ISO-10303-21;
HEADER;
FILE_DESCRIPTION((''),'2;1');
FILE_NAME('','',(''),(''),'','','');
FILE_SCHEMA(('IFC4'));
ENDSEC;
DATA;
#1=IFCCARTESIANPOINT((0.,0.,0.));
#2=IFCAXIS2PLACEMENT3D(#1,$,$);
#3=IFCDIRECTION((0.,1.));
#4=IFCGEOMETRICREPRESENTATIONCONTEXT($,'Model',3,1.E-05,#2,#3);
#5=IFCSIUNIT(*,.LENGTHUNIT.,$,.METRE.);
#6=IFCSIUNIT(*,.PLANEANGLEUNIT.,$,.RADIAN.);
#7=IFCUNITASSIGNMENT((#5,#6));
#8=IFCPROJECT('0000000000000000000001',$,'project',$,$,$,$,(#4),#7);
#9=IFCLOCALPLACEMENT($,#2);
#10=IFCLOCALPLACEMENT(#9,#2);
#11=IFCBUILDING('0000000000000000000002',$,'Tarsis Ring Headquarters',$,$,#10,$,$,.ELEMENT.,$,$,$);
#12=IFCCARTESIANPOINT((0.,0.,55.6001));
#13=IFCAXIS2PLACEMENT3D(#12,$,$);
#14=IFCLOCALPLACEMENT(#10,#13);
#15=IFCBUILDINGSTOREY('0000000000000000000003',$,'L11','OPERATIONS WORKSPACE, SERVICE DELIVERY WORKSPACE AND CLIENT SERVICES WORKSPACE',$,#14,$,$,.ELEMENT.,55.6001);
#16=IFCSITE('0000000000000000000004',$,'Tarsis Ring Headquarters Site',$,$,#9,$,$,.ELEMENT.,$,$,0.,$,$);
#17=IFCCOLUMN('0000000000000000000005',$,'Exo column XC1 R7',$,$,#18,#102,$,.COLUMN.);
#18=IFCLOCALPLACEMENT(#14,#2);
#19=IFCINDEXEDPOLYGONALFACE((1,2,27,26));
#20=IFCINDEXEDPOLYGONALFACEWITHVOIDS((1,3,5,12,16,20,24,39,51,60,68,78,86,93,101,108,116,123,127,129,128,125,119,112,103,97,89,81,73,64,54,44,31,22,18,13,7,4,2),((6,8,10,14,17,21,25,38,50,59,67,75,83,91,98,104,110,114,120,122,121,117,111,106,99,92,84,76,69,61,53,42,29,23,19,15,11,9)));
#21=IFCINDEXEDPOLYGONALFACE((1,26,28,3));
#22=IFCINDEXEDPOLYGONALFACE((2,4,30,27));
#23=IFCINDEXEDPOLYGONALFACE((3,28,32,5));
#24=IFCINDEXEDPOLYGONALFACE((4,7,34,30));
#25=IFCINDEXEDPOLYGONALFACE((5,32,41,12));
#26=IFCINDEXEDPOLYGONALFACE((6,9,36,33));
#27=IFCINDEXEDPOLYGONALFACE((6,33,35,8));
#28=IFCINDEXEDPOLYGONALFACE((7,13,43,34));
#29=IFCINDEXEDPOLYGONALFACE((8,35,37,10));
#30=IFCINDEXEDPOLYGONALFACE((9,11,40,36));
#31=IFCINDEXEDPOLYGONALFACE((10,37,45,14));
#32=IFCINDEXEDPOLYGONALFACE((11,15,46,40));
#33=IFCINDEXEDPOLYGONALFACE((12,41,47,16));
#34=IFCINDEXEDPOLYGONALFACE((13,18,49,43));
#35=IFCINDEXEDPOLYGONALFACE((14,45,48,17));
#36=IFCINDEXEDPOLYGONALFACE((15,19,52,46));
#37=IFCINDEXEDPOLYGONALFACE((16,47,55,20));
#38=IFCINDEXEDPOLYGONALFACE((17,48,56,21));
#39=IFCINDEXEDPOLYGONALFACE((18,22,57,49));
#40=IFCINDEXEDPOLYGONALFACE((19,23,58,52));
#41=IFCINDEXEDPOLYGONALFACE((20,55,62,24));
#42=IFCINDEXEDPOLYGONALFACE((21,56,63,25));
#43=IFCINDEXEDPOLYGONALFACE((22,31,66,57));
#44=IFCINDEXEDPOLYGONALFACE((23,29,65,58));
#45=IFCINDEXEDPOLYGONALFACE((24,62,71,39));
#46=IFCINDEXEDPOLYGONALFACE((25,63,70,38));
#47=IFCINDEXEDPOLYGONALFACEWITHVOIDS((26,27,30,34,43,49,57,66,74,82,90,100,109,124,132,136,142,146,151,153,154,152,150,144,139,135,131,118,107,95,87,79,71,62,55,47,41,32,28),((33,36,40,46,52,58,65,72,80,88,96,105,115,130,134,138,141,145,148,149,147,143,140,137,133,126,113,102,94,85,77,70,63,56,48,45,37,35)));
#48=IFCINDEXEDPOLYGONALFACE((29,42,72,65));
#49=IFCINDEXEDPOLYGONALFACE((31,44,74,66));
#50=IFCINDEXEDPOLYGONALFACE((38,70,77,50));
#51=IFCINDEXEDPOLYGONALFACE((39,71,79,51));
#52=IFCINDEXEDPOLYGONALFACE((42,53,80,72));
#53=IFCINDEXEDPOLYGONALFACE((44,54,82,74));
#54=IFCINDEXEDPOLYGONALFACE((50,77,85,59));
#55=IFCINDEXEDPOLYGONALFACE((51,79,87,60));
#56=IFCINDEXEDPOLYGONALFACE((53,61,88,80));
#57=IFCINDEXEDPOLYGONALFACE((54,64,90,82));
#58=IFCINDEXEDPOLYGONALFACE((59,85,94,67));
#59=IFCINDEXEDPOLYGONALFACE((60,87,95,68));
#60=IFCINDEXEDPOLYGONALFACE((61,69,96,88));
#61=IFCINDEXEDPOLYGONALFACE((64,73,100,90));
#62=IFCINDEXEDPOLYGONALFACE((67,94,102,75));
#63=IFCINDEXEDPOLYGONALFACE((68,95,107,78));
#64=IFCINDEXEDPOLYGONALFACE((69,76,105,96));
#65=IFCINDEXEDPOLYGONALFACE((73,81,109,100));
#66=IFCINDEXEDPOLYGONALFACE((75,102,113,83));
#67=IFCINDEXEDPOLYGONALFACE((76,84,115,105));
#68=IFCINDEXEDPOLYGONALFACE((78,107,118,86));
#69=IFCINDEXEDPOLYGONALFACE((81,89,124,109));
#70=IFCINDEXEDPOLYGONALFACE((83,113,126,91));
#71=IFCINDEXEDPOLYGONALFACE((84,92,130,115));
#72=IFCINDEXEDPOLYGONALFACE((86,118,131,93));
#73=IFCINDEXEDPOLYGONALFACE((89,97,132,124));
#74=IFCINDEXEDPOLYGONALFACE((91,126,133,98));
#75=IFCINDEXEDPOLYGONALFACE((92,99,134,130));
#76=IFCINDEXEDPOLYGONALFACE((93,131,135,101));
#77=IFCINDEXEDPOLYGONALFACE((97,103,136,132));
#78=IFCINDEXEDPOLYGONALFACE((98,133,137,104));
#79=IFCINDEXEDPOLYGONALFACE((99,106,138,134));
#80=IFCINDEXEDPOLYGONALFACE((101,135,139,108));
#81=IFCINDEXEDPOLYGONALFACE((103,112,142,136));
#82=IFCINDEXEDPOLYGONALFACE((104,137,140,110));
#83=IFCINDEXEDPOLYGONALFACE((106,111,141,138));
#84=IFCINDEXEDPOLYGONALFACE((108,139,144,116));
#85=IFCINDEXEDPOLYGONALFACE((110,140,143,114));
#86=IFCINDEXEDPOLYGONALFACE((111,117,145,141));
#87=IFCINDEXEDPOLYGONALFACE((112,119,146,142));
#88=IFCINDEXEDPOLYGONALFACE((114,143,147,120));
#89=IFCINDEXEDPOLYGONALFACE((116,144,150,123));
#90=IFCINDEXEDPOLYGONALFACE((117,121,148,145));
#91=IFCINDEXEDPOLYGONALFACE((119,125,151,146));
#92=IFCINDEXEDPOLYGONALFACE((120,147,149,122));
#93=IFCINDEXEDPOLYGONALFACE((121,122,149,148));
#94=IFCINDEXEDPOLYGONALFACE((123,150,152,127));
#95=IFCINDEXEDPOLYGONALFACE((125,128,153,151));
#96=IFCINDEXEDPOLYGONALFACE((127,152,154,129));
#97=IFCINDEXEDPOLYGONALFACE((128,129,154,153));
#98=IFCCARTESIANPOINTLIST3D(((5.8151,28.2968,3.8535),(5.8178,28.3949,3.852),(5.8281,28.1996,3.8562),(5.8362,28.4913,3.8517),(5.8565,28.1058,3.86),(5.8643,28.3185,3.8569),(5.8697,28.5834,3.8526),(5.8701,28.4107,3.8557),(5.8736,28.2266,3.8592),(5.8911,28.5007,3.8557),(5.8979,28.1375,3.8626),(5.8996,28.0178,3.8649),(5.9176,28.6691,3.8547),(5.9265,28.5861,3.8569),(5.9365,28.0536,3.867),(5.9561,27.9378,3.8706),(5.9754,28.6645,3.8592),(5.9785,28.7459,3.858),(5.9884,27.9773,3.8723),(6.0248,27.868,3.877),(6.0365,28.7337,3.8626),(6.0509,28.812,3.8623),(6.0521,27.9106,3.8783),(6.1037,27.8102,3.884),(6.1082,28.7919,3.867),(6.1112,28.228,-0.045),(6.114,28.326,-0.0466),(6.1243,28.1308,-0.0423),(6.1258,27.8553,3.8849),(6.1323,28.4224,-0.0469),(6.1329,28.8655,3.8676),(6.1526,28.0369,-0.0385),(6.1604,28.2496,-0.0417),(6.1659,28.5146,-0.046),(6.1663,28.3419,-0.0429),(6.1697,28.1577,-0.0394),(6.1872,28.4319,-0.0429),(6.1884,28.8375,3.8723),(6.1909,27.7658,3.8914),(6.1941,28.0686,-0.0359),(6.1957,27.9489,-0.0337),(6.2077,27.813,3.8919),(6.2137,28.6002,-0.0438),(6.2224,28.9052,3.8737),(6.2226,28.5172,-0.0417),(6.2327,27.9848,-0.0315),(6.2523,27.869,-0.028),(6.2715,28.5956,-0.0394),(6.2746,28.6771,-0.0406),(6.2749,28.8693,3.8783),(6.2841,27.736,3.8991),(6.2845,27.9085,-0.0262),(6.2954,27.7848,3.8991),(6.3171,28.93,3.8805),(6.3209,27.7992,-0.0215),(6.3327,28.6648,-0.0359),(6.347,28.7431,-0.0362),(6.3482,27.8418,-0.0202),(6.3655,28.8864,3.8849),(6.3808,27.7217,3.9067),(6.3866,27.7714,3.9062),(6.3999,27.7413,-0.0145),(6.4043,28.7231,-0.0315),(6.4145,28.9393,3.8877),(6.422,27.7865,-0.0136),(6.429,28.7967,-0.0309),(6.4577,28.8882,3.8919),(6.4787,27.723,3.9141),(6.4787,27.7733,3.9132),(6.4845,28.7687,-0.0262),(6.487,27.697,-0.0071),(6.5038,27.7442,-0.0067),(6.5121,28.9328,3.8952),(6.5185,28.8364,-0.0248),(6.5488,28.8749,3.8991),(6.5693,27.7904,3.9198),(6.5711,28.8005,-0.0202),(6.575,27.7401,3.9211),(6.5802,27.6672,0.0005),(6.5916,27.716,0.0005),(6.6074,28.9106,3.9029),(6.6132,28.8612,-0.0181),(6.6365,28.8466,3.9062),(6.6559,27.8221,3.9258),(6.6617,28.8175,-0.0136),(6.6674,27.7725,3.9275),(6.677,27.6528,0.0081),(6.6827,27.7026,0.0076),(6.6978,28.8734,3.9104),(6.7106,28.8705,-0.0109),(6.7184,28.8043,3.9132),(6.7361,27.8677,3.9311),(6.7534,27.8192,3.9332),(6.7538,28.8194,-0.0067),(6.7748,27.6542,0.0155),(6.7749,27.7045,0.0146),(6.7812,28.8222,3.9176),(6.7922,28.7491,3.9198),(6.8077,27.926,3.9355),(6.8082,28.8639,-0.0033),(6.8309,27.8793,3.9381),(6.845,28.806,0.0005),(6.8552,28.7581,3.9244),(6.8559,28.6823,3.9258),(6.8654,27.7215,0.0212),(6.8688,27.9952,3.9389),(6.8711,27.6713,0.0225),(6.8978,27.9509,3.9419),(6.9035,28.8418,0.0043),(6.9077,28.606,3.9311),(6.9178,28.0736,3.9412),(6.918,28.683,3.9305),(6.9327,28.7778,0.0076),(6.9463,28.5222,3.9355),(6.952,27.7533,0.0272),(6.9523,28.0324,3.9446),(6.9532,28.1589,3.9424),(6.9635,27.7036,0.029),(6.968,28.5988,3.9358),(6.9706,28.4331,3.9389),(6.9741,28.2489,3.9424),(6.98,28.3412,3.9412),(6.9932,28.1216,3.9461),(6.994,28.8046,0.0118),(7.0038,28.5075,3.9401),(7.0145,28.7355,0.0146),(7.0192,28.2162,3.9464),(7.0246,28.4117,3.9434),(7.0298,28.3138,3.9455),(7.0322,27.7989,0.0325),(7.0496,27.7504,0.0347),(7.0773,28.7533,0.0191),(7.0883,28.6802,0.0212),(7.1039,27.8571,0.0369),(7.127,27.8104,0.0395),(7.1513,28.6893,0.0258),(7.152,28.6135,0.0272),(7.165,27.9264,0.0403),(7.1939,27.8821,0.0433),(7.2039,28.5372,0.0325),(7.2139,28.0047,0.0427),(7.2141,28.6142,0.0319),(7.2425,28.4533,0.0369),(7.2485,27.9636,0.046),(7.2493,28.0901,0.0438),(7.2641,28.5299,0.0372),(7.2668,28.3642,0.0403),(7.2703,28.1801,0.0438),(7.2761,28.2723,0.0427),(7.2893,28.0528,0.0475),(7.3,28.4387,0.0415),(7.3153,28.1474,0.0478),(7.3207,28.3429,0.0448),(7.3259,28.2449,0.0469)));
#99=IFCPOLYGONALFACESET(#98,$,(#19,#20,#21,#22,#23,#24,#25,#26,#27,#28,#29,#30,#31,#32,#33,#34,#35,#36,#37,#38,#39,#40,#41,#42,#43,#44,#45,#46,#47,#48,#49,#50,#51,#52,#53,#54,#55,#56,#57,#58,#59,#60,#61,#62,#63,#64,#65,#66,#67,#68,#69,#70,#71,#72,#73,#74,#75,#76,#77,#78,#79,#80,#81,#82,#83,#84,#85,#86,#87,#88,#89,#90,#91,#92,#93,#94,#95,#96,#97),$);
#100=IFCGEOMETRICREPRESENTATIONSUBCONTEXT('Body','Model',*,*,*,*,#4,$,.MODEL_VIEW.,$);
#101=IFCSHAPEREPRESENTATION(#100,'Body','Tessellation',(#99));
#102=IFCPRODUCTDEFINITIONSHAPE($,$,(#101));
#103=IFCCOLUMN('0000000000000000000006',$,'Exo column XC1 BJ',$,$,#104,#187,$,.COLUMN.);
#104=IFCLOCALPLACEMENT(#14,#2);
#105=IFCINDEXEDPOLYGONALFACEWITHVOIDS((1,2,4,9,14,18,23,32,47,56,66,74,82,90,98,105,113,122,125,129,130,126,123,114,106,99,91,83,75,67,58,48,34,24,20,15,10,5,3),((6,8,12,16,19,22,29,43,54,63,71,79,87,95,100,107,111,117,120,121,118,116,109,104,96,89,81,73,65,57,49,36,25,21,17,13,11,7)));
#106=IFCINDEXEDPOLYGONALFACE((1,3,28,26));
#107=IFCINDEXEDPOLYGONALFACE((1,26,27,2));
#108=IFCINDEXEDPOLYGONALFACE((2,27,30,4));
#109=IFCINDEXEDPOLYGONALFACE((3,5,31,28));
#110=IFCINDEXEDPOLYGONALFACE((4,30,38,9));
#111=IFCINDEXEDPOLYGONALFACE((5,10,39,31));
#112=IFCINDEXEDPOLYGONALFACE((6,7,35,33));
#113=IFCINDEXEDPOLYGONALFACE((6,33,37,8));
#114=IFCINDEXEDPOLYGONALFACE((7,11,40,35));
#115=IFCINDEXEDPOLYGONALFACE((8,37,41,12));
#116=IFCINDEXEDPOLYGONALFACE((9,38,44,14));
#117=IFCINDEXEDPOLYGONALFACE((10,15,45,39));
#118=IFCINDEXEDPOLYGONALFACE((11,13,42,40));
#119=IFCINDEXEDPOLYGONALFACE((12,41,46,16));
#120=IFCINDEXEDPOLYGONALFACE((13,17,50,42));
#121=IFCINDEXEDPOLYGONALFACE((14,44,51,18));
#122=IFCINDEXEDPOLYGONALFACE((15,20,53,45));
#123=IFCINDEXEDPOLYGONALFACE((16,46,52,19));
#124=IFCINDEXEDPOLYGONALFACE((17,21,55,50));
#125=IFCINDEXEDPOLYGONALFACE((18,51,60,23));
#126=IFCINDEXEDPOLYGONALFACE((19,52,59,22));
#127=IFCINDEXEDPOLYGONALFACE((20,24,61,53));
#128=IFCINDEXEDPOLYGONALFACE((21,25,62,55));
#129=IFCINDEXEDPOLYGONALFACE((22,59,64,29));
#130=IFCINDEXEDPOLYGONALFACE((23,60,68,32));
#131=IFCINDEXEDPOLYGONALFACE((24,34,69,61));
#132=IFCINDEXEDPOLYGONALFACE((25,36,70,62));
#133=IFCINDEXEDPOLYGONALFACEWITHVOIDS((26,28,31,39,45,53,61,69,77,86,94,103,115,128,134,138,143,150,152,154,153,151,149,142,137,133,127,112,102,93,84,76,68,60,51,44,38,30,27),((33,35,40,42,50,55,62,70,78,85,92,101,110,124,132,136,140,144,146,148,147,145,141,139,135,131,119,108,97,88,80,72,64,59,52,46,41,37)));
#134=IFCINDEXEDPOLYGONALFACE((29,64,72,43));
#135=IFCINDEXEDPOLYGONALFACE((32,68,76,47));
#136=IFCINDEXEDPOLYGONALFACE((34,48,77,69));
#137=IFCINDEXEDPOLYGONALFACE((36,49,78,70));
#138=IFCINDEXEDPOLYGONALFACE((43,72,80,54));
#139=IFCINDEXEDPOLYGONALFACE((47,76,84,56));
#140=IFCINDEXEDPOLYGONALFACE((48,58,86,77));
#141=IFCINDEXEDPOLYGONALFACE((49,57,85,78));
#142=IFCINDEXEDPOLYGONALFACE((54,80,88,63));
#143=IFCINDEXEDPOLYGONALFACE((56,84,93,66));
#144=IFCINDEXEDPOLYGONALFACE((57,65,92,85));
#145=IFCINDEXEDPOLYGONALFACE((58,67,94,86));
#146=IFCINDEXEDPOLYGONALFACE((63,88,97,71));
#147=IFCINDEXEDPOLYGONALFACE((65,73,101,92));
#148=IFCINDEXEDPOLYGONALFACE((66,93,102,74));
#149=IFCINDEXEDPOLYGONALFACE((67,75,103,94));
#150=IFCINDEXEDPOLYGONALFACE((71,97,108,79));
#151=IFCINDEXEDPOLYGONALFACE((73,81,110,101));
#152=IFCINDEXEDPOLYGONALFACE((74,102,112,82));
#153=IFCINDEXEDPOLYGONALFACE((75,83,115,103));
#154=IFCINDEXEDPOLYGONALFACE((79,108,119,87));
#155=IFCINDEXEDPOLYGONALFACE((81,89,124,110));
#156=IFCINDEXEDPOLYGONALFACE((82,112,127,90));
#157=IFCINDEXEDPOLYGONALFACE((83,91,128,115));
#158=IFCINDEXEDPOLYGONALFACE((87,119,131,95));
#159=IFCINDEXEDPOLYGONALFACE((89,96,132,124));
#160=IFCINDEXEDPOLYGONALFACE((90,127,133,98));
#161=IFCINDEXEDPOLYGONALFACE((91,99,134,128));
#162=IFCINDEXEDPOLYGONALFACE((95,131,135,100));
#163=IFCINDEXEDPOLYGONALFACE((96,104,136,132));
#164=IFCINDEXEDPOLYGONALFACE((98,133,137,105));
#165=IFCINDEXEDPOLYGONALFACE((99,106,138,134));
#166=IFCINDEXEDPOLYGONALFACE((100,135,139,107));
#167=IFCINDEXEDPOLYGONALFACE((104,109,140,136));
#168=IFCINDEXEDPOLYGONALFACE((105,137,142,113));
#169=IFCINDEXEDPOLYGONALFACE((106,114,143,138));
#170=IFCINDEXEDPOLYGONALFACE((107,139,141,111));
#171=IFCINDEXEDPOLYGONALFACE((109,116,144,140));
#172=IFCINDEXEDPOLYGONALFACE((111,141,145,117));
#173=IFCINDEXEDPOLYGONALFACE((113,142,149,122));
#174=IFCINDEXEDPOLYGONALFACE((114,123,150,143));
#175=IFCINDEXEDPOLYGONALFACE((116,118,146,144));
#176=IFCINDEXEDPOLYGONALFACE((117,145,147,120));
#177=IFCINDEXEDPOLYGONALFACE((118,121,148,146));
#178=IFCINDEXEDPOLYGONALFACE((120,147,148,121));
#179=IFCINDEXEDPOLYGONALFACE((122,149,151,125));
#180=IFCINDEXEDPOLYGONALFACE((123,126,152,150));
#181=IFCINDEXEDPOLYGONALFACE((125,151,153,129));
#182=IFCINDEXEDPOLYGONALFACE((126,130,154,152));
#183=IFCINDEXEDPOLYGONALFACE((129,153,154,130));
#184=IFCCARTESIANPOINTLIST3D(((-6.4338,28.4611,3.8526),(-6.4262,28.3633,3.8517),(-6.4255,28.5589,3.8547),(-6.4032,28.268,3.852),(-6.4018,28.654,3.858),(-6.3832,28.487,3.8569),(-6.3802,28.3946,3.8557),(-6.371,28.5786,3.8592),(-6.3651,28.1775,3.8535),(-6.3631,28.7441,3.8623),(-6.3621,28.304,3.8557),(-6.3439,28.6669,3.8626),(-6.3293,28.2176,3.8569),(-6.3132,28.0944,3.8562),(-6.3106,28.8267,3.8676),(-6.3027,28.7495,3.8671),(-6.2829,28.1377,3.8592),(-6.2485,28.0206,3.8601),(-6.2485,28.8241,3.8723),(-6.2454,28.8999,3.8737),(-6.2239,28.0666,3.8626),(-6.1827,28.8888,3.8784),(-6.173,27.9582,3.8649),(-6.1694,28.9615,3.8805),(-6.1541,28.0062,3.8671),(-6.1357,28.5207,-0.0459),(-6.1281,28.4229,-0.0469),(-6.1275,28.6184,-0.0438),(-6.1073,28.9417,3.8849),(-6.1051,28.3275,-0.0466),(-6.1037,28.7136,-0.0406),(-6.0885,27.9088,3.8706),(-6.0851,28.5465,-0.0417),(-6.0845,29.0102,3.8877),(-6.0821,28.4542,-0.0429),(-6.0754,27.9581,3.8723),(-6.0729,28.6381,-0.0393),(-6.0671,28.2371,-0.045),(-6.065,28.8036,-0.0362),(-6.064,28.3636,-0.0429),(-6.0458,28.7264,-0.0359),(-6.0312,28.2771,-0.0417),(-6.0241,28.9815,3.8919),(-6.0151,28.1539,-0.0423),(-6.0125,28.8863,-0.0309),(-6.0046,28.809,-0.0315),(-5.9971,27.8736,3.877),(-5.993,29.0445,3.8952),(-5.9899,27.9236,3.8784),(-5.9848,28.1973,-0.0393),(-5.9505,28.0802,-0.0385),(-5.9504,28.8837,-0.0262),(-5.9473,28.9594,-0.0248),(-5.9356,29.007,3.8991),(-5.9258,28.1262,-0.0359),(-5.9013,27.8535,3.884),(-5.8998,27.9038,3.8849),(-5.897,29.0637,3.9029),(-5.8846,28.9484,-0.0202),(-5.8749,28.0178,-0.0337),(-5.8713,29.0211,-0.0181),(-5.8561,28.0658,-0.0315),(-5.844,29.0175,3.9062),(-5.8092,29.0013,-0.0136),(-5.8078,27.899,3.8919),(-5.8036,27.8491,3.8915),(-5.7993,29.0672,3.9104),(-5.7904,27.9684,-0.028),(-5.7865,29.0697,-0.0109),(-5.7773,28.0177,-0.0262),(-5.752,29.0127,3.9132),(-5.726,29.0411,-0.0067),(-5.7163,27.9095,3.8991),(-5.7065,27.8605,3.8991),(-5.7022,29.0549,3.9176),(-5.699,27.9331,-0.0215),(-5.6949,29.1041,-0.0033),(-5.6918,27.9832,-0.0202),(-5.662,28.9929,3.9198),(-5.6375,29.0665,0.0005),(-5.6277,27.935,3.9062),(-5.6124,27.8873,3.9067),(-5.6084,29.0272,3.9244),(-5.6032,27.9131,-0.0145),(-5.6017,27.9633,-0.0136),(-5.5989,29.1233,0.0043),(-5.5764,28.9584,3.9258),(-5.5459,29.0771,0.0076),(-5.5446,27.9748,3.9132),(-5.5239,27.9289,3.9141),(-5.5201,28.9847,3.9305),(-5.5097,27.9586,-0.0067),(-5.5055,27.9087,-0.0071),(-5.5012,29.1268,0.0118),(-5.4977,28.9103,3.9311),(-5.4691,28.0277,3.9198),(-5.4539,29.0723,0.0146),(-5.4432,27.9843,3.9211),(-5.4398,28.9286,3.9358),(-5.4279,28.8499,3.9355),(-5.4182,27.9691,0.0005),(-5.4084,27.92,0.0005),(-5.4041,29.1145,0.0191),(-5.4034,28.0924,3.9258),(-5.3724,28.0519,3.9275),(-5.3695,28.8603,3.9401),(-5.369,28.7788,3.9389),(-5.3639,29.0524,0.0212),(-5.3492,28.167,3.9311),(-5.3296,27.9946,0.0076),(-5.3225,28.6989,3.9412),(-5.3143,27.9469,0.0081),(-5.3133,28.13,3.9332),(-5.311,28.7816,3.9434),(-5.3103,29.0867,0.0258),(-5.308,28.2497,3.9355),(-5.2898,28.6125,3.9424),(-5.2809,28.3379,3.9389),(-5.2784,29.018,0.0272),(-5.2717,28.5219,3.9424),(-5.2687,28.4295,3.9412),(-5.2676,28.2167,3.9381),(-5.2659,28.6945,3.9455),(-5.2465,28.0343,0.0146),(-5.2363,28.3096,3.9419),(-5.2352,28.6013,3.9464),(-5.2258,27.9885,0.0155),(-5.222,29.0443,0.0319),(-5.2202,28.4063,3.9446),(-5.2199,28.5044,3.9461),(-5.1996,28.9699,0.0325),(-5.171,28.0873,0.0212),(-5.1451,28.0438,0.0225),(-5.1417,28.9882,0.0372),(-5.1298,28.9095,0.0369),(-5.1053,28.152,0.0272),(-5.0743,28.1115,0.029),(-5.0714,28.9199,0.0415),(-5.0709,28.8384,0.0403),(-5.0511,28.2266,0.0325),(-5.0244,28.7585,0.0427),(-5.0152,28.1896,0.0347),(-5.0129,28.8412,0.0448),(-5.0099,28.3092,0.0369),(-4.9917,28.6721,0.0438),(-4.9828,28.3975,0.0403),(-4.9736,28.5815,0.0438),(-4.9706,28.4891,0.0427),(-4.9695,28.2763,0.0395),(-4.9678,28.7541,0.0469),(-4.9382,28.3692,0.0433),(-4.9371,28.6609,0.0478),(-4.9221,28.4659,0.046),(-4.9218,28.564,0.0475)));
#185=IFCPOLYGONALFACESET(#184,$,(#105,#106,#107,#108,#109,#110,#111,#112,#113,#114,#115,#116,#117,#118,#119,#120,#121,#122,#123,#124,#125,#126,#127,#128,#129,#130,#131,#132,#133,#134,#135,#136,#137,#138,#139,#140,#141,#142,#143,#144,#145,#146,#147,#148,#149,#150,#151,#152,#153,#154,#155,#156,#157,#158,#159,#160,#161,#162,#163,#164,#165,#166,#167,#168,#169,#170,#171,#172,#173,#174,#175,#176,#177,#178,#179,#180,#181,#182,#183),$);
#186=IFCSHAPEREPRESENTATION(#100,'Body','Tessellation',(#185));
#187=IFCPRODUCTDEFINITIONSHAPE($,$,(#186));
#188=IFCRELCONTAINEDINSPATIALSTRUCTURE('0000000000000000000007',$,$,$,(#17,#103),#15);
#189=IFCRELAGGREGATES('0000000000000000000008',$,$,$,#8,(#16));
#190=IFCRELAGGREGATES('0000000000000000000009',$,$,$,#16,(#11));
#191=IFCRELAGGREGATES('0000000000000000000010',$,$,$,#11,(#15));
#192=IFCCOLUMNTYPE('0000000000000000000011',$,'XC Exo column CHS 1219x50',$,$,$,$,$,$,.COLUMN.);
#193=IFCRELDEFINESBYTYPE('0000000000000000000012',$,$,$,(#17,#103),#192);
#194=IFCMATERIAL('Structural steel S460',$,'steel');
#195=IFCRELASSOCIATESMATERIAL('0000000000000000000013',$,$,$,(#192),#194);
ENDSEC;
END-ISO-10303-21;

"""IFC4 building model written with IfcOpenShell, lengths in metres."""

from ifc_helpers import new_model, si_unit, direction, frame, origin, origin_2d, place, context, subcontext, project, spatial, hollow_circle, extrude, material, material_profile, profile_set, type_object, element, save


model = new_model("IFC4")

# Units and contexts
model_context = context("Model", 3, precision=1e-05, world=origin(), true_north=direction((0.0, 1.0)))
body_context = subcontext(model_context, "Body", "Model", "MODEL_VIEW")
ifc_project = project(units=[si_unit("LENGTHUNIT", "METRE"), si_unit("PLANEANGLEUNIT", "RADIAN")], contexts=[model_context])

# Site, building, storey
site_placement = place(None, origin())
site = spatial("IfcSite", under=ifc_project, at=site_placement, Name="Tarsis Ring Headquarters Site", CompositionType="ELEMENT", RefElevation=0.0)
building_placement = place(site_placement, origin())
building = spatial("IfcBuilding", under=site, at=building_placement, Name="Tarsis Ring Headquarters", CompositionType="ELEMENT")
storey_placement = place(building_placement, frame((0.0, 0.0, 55.6001)))
storey = spatial("IfcBuildingStorey", under=building, at=storey_placement, Name="L11", Description="OPERATIONS WORKSPACE, SERVICE DELIVERY WORKSPACE AND CLIENT SERVICES WORKSPACE", CompositionType="ELEMENT", Elevation=55.6001)

# Columns
ifc_material_1 = material(Name="Structural steel S460", Category="steel")
ifc_material_profile_1 = material_profile(ifc_material_1, hollow_circle(Radius=0.6096, WallThickness=0.05, at=origin_2d()), Name="CHS 1219x50")
ifc_profile_set_1 = profile_set([ifc_material_profile_1], Name="Structural steel S460")
column_type = type_object("IfcColumnType", Name="XC Exo column CHS 1219x50", PredefinedType="COLUMN", material=ifc_profile_set_1)
for number, where, z_axis, x_axis, name in (
    (1, (6.7183, 28.261, 0.0005), (-0.07573, 0.017606, 0.996973), (-0.226443, -0.974025, 0.0), "Exo column XC1 R7"),
    (2, (-5.5278, 28.5178, 0.0005), (-0.076229, -0.015233, 0.996974), (0.195962, -0.980612, 0.0), "Exo column XC1 BJ"),
):
    element("IfcColumn", number, at=place(storey_placement, frame(where, z_axis=z_axis, x_axis=x_axis)), inside=storey, type_object=column_type, Name=name, PredefinedType="COLUMN", context=body_context, shape_type="SweptSolid", body=[
        extrude(hollow_circle(Radius=0.6096, WallThickness=0.05, at=origin_2d()), origin(), (0.0, 0.0, 1.0), 3.9104),
    ])

save(model, "model.ifc")
